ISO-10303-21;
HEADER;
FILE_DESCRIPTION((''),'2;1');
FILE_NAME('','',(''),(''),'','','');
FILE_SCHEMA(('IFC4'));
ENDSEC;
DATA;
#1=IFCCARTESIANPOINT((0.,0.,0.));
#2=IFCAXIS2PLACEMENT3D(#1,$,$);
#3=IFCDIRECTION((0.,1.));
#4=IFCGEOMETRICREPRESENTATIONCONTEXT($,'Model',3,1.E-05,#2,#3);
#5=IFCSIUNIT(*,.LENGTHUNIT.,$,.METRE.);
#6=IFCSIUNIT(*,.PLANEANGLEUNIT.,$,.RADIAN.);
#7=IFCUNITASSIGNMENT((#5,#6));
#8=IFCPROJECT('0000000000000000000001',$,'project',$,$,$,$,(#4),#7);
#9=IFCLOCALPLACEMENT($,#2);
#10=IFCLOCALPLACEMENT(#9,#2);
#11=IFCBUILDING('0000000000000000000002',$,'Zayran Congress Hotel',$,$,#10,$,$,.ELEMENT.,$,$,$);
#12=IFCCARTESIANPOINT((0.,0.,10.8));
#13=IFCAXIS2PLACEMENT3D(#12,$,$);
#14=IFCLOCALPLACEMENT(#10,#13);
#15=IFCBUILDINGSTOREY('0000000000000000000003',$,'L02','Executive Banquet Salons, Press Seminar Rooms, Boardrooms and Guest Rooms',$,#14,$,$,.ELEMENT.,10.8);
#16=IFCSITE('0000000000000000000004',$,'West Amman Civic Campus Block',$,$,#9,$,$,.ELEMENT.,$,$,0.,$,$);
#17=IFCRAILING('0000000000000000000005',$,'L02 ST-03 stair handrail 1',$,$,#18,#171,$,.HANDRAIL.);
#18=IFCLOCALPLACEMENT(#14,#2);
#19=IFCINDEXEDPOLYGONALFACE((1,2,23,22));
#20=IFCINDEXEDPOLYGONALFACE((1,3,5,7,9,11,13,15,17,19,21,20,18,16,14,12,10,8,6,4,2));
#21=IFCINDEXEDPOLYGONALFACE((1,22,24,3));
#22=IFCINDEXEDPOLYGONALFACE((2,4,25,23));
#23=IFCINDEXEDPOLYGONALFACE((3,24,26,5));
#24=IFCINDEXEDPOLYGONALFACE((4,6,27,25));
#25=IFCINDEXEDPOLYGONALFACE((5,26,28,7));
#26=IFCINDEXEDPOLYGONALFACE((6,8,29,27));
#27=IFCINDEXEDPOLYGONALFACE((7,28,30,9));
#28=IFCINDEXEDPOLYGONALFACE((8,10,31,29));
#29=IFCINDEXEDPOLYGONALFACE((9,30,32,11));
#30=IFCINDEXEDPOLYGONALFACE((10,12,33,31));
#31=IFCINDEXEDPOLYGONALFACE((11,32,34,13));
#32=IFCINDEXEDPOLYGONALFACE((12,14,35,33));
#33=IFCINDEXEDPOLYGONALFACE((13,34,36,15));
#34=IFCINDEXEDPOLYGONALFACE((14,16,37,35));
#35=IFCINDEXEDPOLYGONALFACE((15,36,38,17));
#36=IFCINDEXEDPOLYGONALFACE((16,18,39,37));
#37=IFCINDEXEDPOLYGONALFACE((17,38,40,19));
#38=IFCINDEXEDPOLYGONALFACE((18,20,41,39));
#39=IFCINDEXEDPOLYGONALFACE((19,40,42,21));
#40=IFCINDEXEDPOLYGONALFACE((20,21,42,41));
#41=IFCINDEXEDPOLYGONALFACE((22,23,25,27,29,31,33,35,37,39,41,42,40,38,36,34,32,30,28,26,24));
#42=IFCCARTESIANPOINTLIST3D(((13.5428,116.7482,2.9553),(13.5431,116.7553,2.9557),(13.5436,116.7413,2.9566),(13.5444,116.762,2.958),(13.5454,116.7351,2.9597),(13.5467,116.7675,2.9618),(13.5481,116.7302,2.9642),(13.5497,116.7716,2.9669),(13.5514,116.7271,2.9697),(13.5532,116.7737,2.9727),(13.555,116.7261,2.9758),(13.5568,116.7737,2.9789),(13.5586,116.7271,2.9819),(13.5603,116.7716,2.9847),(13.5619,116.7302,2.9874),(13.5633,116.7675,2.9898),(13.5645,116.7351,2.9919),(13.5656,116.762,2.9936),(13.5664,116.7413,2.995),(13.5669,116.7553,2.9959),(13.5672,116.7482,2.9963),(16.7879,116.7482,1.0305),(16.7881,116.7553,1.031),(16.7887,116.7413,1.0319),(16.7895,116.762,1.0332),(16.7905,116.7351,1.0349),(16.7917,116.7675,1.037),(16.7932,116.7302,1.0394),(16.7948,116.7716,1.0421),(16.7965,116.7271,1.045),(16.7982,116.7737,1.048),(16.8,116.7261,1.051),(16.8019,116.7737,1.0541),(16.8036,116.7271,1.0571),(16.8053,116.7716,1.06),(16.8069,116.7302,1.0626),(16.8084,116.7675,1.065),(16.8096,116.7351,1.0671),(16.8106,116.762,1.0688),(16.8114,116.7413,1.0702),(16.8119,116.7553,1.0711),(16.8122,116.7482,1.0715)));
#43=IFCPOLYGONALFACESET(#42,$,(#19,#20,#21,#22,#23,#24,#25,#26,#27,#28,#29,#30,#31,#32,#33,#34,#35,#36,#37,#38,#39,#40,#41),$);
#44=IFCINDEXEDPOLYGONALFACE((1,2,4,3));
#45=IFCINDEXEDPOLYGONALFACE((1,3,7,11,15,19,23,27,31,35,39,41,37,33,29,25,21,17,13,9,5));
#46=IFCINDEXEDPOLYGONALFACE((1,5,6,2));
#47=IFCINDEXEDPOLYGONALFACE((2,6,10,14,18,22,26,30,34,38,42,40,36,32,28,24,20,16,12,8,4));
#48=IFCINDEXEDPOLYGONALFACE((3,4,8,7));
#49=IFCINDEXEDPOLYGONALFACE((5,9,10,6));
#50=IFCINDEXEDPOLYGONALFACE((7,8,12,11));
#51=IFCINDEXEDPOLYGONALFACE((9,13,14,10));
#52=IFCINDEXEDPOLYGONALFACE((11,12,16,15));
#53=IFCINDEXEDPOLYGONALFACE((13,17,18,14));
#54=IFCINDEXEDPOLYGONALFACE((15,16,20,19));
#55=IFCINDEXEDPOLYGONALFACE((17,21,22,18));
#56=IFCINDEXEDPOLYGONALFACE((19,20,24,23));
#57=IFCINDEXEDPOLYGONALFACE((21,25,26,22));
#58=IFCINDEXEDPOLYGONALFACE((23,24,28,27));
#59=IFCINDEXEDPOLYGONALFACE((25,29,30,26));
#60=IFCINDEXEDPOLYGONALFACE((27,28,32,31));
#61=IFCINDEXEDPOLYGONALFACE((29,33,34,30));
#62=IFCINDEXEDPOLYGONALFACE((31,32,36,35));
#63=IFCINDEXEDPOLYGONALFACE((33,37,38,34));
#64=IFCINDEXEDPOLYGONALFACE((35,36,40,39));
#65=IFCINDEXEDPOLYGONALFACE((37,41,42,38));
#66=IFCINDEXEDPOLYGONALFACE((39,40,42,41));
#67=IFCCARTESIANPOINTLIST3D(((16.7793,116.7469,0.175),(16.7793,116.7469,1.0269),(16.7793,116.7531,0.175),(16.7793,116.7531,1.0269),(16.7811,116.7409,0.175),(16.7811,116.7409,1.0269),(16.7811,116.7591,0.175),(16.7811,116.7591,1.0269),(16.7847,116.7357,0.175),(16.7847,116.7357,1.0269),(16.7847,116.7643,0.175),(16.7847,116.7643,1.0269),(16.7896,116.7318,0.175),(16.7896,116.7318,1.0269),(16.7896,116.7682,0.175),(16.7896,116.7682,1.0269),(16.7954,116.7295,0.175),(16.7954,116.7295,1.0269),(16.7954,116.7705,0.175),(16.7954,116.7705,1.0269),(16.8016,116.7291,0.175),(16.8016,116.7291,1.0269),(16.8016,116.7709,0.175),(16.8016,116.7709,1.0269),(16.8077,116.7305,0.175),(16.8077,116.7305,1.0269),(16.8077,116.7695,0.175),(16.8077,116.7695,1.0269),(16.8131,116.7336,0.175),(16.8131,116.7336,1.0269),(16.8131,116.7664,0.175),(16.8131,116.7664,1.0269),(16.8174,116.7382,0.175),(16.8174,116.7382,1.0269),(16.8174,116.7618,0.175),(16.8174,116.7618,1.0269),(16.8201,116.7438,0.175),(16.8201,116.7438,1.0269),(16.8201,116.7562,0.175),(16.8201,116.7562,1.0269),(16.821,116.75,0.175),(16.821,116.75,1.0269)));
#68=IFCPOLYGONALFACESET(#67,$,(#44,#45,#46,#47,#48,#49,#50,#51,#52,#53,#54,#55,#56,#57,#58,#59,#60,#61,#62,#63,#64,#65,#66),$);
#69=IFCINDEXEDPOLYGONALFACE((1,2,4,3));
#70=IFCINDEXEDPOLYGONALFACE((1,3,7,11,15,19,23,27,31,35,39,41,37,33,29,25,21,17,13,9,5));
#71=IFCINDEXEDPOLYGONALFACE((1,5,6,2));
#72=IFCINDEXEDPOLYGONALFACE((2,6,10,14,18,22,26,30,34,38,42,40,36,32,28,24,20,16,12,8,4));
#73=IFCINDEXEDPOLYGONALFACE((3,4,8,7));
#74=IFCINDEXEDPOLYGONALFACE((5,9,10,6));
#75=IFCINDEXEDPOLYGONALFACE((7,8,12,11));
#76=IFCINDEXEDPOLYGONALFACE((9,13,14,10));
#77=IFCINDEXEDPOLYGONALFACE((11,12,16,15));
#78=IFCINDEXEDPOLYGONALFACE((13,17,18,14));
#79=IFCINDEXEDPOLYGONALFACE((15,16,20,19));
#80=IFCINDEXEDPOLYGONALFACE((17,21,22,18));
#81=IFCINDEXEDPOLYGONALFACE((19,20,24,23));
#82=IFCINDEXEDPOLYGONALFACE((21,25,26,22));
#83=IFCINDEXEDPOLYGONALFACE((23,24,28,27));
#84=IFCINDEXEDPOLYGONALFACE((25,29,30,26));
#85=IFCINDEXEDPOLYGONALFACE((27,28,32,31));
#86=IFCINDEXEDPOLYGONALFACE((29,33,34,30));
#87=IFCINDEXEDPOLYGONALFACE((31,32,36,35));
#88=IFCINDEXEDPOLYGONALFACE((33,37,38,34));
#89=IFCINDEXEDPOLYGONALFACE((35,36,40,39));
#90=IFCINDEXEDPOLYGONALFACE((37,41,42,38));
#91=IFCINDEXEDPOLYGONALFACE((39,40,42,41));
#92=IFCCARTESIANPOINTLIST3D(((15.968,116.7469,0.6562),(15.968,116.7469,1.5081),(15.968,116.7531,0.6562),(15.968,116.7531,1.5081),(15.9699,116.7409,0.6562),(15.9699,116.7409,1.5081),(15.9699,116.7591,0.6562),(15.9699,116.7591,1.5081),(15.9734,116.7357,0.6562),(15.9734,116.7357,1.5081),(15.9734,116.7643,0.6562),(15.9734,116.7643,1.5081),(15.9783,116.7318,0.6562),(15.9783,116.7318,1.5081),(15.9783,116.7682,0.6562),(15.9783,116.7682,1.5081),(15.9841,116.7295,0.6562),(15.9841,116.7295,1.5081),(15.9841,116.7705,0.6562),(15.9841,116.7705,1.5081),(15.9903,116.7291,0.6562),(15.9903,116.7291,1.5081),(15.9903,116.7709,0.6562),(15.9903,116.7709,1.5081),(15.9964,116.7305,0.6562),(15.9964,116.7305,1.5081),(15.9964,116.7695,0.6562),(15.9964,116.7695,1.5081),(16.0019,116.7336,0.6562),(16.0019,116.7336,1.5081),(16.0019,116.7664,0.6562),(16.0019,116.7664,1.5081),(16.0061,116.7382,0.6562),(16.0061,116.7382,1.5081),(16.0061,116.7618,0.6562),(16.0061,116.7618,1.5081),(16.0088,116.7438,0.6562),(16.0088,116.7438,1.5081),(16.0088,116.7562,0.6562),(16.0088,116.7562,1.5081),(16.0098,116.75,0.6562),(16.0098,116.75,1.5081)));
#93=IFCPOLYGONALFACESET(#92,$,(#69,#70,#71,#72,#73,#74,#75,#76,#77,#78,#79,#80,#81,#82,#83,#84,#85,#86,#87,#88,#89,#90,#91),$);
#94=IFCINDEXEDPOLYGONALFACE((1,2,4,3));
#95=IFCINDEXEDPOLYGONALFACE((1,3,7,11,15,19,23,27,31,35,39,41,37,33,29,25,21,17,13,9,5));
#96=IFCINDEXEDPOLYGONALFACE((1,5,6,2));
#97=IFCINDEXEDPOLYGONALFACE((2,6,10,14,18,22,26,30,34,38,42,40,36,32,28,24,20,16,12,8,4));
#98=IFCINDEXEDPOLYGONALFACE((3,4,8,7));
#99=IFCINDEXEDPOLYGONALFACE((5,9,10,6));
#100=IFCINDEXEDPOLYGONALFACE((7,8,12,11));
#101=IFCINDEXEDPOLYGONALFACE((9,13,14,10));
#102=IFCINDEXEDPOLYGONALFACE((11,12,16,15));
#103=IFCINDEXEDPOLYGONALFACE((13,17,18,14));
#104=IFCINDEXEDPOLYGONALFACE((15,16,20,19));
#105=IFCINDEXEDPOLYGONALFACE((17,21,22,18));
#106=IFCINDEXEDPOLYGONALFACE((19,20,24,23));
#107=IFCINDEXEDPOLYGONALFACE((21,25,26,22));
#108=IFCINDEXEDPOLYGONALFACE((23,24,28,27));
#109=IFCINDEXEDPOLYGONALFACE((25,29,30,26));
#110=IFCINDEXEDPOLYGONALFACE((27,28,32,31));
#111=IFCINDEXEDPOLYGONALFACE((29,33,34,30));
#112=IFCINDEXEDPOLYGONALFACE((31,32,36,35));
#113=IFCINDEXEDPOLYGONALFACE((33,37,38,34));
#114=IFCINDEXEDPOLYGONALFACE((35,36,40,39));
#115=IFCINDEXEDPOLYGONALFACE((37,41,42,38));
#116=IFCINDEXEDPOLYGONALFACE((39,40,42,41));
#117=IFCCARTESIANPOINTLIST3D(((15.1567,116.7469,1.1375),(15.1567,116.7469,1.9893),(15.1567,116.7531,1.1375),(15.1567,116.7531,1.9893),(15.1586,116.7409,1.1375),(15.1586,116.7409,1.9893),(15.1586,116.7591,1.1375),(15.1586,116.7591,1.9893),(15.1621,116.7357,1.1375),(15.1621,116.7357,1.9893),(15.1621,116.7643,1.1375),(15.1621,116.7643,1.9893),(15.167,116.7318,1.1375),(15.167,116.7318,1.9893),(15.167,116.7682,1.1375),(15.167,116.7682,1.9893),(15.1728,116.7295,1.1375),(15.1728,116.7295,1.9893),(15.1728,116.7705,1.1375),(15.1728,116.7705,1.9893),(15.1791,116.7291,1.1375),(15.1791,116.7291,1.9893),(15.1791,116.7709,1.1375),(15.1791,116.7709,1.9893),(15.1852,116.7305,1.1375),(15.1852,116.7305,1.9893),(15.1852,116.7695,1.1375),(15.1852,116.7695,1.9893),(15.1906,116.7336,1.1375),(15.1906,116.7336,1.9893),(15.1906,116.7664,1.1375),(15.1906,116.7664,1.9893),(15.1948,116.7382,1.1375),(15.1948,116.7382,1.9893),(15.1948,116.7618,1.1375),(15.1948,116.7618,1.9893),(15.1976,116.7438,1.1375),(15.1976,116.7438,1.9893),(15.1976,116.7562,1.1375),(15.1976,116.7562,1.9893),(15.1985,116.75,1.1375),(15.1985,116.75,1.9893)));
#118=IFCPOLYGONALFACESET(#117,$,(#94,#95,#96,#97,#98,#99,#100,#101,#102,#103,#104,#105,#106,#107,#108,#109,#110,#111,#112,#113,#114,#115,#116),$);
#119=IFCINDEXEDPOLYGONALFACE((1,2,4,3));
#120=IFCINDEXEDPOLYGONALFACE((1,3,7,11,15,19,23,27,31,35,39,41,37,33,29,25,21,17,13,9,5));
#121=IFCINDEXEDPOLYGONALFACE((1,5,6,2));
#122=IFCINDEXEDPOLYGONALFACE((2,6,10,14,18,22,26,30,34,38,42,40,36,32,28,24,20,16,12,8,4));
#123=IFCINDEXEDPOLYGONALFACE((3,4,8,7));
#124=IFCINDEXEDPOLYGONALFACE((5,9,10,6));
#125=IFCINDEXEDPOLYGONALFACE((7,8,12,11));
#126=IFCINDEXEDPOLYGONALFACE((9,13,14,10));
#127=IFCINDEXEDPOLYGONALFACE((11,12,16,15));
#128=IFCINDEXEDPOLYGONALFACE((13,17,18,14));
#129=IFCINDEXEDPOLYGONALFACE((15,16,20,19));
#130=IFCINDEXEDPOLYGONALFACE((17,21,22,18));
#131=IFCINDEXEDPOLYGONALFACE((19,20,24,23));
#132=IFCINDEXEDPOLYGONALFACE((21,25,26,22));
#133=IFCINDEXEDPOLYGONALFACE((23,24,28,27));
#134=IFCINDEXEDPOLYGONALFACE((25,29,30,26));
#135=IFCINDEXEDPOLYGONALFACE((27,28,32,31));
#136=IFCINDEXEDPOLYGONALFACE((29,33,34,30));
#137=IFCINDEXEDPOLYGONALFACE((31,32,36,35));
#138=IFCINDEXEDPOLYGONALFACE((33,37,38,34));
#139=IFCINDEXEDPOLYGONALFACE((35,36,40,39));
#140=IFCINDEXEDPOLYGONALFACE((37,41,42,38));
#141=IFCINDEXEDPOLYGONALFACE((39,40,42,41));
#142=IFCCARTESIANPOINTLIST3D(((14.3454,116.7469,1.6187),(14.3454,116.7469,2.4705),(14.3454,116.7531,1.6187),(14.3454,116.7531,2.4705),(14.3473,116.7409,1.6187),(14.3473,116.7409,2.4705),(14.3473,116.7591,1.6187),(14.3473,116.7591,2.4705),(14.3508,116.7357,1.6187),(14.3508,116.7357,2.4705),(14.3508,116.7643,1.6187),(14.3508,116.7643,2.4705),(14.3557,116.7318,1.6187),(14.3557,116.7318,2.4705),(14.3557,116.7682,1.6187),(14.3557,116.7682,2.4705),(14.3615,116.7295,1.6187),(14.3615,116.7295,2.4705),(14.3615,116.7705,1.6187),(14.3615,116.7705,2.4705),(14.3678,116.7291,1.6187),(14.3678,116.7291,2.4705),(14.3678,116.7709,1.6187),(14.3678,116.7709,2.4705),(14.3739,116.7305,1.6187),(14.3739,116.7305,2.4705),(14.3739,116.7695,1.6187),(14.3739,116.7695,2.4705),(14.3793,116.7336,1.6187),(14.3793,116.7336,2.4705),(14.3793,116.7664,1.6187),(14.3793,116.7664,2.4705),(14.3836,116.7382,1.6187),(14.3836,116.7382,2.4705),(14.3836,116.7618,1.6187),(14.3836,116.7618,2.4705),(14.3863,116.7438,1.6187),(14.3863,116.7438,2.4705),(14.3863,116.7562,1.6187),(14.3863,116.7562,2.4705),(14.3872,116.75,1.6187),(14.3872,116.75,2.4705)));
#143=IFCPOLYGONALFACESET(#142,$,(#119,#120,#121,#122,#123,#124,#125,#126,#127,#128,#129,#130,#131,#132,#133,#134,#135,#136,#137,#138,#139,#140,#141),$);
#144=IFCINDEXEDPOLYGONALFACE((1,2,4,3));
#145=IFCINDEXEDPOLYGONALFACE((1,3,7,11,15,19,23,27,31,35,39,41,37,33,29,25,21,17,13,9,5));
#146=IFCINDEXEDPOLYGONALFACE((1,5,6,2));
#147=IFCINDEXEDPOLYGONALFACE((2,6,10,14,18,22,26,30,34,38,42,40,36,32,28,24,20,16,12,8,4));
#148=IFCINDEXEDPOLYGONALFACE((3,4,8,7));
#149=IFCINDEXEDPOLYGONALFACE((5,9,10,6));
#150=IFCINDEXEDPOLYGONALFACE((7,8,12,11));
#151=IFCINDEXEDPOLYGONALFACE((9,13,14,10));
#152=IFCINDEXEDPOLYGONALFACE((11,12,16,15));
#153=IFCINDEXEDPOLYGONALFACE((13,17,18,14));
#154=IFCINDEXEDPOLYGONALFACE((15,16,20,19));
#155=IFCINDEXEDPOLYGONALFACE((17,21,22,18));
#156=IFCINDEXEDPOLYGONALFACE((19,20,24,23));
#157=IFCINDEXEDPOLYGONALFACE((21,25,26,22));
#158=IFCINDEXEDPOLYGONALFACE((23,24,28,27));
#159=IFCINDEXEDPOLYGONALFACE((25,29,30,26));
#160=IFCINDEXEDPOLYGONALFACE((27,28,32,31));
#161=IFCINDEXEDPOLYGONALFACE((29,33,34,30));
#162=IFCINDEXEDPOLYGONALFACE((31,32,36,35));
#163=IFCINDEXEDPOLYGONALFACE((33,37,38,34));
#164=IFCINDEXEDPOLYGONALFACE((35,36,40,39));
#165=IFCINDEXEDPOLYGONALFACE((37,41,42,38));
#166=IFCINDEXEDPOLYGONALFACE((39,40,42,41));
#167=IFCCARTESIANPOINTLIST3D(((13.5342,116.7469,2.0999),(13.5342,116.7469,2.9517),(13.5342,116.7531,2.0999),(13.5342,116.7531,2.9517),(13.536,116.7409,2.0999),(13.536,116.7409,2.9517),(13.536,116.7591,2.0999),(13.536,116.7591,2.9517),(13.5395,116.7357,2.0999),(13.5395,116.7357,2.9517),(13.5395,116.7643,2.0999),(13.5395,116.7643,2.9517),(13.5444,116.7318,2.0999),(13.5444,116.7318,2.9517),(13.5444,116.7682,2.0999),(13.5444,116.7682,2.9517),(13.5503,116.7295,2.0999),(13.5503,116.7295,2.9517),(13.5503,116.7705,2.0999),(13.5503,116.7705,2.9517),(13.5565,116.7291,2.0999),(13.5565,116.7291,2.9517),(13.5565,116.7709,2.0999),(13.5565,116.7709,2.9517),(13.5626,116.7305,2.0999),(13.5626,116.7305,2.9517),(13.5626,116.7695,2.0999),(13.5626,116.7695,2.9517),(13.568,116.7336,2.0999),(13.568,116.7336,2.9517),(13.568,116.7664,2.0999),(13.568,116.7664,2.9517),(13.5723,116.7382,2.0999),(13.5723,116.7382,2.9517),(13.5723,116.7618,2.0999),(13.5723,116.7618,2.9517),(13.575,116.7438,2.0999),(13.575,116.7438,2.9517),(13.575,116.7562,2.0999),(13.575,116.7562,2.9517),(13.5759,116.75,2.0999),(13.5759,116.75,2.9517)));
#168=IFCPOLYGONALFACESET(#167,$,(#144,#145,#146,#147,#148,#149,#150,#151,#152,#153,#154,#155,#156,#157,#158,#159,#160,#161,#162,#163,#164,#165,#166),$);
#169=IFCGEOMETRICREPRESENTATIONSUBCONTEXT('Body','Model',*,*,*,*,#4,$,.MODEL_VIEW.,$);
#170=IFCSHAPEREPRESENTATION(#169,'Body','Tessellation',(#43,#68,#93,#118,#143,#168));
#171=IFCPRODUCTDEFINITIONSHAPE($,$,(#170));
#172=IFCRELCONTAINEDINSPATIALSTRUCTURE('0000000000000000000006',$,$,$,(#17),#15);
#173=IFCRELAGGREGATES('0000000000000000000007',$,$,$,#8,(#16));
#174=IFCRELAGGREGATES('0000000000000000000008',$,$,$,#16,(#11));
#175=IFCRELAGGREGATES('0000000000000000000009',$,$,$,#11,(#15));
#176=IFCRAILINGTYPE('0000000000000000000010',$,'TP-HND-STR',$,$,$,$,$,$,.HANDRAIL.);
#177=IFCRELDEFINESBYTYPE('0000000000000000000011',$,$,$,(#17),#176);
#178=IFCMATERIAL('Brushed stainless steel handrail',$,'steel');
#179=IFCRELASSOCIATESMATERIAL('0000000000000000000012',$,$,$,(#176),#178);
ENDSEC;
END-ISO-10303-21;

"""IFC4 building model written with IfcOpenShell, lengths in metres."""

from ifc_helpers import new_model, si_unit, direction, frame, origin, origin_2d, place, context, subcontext, project, spatial, circle, extrude, material, type_object, element, save


model = new_model("IFC4")

# Units and contexts
model_context = context("Model", 3, precision=1e-05, world=origin(), true_north=direction((0.0, 1.0)))
body_context = subcontext(model_context, "Body", "Model", "MODEL_VIEW")
ifc_project = project(units=[si_unit("LENGTHUNIT", "METRE"), si_unit("PLANEANGLEUNIT", "RADIAN")], contexts=[model_context])

# Site, building, storey
site_placement = place(None, origin())
site = spatial("IfcSite", under=ifc_project, at=site_placement, Name="West Amman Civic Campus Block", CompositionType="ELEMENT", RefElevation=0.0)
building_placement = place(site_placement, origin())
building = spatial("IfcBuilding", under=site, at=building_placement, Name="Zayran Congress Hotel", CompositionType="ELEMENT")
storey_placement = place(building_placement, frame((0.0, 0.0, 10.8)))
storey = spatial("IfcBuildingStorey", under=building, at=storey_placement, Name="L02", Description="Executive Banquet Salons, Press Seminar Rooms, Boardrooms and Guest Rooms", CompositionType="ELEMENT", Elevation=10.8)

# Railing
ifc_material_1 = material(Name="Brushed stainless steel handrail", Category="steel")
railing_type_1 = type_object("IfcRailingType", Name="TP-HND-STR", PredefinedType="HANDRAIL", material=ifc_material_1)
railing_1_placement = place(storey_placement, frame((16.8, 116.75, 0.175)))
element("IfcRailing", 1, at=railing_1_placement, inside=storey, type_object=railing_type_1, Name="L02 ST-03 stair handrail 1", PredefinedType="HANDRAIL", context=body_context, shape_type="SweptSolid", body=[
    extrude(circle(Radius=0.0239, at=origin_2d()), frame((0.0, 0.0, 0.876), z_axis=(-0.860085, 0.0, 0.51015), x_axis=(0.0, -1.0, 0.0)), (0.0, 0.0, 1.0), 3.7729),
    extrude(circle(Radius=0.021, at=origin_2d()), origin(), (0.0, 0.0, 1.0), 0.8518),
    extrude(circle(Radius=0.021, at=origin_2d()), frame((-0.8113, 0.0, 0.4812)), (0.0, 0.0, 1.0), 0.8518),
    extrude(circle(Radius=0.021, at=origin_2d()), frame((-1.6226, 0.0, 0.9624)), (0.0, 0.0, 1.0), 0.8518),
    extrude(circle(Radius=0.021, at=origin_2d()), frame((-2.4338, 0.0, 1.4436)), (0.0, 0.0, 1.0), 0.8518),
    extrude(circle(Radius=0.021, at=origin_2d()), frame((-3.2451, 0.0, 1.9248)), (0.0, 0.0, 1.0), 0.8518),
])

save(model, "model.ifc")
